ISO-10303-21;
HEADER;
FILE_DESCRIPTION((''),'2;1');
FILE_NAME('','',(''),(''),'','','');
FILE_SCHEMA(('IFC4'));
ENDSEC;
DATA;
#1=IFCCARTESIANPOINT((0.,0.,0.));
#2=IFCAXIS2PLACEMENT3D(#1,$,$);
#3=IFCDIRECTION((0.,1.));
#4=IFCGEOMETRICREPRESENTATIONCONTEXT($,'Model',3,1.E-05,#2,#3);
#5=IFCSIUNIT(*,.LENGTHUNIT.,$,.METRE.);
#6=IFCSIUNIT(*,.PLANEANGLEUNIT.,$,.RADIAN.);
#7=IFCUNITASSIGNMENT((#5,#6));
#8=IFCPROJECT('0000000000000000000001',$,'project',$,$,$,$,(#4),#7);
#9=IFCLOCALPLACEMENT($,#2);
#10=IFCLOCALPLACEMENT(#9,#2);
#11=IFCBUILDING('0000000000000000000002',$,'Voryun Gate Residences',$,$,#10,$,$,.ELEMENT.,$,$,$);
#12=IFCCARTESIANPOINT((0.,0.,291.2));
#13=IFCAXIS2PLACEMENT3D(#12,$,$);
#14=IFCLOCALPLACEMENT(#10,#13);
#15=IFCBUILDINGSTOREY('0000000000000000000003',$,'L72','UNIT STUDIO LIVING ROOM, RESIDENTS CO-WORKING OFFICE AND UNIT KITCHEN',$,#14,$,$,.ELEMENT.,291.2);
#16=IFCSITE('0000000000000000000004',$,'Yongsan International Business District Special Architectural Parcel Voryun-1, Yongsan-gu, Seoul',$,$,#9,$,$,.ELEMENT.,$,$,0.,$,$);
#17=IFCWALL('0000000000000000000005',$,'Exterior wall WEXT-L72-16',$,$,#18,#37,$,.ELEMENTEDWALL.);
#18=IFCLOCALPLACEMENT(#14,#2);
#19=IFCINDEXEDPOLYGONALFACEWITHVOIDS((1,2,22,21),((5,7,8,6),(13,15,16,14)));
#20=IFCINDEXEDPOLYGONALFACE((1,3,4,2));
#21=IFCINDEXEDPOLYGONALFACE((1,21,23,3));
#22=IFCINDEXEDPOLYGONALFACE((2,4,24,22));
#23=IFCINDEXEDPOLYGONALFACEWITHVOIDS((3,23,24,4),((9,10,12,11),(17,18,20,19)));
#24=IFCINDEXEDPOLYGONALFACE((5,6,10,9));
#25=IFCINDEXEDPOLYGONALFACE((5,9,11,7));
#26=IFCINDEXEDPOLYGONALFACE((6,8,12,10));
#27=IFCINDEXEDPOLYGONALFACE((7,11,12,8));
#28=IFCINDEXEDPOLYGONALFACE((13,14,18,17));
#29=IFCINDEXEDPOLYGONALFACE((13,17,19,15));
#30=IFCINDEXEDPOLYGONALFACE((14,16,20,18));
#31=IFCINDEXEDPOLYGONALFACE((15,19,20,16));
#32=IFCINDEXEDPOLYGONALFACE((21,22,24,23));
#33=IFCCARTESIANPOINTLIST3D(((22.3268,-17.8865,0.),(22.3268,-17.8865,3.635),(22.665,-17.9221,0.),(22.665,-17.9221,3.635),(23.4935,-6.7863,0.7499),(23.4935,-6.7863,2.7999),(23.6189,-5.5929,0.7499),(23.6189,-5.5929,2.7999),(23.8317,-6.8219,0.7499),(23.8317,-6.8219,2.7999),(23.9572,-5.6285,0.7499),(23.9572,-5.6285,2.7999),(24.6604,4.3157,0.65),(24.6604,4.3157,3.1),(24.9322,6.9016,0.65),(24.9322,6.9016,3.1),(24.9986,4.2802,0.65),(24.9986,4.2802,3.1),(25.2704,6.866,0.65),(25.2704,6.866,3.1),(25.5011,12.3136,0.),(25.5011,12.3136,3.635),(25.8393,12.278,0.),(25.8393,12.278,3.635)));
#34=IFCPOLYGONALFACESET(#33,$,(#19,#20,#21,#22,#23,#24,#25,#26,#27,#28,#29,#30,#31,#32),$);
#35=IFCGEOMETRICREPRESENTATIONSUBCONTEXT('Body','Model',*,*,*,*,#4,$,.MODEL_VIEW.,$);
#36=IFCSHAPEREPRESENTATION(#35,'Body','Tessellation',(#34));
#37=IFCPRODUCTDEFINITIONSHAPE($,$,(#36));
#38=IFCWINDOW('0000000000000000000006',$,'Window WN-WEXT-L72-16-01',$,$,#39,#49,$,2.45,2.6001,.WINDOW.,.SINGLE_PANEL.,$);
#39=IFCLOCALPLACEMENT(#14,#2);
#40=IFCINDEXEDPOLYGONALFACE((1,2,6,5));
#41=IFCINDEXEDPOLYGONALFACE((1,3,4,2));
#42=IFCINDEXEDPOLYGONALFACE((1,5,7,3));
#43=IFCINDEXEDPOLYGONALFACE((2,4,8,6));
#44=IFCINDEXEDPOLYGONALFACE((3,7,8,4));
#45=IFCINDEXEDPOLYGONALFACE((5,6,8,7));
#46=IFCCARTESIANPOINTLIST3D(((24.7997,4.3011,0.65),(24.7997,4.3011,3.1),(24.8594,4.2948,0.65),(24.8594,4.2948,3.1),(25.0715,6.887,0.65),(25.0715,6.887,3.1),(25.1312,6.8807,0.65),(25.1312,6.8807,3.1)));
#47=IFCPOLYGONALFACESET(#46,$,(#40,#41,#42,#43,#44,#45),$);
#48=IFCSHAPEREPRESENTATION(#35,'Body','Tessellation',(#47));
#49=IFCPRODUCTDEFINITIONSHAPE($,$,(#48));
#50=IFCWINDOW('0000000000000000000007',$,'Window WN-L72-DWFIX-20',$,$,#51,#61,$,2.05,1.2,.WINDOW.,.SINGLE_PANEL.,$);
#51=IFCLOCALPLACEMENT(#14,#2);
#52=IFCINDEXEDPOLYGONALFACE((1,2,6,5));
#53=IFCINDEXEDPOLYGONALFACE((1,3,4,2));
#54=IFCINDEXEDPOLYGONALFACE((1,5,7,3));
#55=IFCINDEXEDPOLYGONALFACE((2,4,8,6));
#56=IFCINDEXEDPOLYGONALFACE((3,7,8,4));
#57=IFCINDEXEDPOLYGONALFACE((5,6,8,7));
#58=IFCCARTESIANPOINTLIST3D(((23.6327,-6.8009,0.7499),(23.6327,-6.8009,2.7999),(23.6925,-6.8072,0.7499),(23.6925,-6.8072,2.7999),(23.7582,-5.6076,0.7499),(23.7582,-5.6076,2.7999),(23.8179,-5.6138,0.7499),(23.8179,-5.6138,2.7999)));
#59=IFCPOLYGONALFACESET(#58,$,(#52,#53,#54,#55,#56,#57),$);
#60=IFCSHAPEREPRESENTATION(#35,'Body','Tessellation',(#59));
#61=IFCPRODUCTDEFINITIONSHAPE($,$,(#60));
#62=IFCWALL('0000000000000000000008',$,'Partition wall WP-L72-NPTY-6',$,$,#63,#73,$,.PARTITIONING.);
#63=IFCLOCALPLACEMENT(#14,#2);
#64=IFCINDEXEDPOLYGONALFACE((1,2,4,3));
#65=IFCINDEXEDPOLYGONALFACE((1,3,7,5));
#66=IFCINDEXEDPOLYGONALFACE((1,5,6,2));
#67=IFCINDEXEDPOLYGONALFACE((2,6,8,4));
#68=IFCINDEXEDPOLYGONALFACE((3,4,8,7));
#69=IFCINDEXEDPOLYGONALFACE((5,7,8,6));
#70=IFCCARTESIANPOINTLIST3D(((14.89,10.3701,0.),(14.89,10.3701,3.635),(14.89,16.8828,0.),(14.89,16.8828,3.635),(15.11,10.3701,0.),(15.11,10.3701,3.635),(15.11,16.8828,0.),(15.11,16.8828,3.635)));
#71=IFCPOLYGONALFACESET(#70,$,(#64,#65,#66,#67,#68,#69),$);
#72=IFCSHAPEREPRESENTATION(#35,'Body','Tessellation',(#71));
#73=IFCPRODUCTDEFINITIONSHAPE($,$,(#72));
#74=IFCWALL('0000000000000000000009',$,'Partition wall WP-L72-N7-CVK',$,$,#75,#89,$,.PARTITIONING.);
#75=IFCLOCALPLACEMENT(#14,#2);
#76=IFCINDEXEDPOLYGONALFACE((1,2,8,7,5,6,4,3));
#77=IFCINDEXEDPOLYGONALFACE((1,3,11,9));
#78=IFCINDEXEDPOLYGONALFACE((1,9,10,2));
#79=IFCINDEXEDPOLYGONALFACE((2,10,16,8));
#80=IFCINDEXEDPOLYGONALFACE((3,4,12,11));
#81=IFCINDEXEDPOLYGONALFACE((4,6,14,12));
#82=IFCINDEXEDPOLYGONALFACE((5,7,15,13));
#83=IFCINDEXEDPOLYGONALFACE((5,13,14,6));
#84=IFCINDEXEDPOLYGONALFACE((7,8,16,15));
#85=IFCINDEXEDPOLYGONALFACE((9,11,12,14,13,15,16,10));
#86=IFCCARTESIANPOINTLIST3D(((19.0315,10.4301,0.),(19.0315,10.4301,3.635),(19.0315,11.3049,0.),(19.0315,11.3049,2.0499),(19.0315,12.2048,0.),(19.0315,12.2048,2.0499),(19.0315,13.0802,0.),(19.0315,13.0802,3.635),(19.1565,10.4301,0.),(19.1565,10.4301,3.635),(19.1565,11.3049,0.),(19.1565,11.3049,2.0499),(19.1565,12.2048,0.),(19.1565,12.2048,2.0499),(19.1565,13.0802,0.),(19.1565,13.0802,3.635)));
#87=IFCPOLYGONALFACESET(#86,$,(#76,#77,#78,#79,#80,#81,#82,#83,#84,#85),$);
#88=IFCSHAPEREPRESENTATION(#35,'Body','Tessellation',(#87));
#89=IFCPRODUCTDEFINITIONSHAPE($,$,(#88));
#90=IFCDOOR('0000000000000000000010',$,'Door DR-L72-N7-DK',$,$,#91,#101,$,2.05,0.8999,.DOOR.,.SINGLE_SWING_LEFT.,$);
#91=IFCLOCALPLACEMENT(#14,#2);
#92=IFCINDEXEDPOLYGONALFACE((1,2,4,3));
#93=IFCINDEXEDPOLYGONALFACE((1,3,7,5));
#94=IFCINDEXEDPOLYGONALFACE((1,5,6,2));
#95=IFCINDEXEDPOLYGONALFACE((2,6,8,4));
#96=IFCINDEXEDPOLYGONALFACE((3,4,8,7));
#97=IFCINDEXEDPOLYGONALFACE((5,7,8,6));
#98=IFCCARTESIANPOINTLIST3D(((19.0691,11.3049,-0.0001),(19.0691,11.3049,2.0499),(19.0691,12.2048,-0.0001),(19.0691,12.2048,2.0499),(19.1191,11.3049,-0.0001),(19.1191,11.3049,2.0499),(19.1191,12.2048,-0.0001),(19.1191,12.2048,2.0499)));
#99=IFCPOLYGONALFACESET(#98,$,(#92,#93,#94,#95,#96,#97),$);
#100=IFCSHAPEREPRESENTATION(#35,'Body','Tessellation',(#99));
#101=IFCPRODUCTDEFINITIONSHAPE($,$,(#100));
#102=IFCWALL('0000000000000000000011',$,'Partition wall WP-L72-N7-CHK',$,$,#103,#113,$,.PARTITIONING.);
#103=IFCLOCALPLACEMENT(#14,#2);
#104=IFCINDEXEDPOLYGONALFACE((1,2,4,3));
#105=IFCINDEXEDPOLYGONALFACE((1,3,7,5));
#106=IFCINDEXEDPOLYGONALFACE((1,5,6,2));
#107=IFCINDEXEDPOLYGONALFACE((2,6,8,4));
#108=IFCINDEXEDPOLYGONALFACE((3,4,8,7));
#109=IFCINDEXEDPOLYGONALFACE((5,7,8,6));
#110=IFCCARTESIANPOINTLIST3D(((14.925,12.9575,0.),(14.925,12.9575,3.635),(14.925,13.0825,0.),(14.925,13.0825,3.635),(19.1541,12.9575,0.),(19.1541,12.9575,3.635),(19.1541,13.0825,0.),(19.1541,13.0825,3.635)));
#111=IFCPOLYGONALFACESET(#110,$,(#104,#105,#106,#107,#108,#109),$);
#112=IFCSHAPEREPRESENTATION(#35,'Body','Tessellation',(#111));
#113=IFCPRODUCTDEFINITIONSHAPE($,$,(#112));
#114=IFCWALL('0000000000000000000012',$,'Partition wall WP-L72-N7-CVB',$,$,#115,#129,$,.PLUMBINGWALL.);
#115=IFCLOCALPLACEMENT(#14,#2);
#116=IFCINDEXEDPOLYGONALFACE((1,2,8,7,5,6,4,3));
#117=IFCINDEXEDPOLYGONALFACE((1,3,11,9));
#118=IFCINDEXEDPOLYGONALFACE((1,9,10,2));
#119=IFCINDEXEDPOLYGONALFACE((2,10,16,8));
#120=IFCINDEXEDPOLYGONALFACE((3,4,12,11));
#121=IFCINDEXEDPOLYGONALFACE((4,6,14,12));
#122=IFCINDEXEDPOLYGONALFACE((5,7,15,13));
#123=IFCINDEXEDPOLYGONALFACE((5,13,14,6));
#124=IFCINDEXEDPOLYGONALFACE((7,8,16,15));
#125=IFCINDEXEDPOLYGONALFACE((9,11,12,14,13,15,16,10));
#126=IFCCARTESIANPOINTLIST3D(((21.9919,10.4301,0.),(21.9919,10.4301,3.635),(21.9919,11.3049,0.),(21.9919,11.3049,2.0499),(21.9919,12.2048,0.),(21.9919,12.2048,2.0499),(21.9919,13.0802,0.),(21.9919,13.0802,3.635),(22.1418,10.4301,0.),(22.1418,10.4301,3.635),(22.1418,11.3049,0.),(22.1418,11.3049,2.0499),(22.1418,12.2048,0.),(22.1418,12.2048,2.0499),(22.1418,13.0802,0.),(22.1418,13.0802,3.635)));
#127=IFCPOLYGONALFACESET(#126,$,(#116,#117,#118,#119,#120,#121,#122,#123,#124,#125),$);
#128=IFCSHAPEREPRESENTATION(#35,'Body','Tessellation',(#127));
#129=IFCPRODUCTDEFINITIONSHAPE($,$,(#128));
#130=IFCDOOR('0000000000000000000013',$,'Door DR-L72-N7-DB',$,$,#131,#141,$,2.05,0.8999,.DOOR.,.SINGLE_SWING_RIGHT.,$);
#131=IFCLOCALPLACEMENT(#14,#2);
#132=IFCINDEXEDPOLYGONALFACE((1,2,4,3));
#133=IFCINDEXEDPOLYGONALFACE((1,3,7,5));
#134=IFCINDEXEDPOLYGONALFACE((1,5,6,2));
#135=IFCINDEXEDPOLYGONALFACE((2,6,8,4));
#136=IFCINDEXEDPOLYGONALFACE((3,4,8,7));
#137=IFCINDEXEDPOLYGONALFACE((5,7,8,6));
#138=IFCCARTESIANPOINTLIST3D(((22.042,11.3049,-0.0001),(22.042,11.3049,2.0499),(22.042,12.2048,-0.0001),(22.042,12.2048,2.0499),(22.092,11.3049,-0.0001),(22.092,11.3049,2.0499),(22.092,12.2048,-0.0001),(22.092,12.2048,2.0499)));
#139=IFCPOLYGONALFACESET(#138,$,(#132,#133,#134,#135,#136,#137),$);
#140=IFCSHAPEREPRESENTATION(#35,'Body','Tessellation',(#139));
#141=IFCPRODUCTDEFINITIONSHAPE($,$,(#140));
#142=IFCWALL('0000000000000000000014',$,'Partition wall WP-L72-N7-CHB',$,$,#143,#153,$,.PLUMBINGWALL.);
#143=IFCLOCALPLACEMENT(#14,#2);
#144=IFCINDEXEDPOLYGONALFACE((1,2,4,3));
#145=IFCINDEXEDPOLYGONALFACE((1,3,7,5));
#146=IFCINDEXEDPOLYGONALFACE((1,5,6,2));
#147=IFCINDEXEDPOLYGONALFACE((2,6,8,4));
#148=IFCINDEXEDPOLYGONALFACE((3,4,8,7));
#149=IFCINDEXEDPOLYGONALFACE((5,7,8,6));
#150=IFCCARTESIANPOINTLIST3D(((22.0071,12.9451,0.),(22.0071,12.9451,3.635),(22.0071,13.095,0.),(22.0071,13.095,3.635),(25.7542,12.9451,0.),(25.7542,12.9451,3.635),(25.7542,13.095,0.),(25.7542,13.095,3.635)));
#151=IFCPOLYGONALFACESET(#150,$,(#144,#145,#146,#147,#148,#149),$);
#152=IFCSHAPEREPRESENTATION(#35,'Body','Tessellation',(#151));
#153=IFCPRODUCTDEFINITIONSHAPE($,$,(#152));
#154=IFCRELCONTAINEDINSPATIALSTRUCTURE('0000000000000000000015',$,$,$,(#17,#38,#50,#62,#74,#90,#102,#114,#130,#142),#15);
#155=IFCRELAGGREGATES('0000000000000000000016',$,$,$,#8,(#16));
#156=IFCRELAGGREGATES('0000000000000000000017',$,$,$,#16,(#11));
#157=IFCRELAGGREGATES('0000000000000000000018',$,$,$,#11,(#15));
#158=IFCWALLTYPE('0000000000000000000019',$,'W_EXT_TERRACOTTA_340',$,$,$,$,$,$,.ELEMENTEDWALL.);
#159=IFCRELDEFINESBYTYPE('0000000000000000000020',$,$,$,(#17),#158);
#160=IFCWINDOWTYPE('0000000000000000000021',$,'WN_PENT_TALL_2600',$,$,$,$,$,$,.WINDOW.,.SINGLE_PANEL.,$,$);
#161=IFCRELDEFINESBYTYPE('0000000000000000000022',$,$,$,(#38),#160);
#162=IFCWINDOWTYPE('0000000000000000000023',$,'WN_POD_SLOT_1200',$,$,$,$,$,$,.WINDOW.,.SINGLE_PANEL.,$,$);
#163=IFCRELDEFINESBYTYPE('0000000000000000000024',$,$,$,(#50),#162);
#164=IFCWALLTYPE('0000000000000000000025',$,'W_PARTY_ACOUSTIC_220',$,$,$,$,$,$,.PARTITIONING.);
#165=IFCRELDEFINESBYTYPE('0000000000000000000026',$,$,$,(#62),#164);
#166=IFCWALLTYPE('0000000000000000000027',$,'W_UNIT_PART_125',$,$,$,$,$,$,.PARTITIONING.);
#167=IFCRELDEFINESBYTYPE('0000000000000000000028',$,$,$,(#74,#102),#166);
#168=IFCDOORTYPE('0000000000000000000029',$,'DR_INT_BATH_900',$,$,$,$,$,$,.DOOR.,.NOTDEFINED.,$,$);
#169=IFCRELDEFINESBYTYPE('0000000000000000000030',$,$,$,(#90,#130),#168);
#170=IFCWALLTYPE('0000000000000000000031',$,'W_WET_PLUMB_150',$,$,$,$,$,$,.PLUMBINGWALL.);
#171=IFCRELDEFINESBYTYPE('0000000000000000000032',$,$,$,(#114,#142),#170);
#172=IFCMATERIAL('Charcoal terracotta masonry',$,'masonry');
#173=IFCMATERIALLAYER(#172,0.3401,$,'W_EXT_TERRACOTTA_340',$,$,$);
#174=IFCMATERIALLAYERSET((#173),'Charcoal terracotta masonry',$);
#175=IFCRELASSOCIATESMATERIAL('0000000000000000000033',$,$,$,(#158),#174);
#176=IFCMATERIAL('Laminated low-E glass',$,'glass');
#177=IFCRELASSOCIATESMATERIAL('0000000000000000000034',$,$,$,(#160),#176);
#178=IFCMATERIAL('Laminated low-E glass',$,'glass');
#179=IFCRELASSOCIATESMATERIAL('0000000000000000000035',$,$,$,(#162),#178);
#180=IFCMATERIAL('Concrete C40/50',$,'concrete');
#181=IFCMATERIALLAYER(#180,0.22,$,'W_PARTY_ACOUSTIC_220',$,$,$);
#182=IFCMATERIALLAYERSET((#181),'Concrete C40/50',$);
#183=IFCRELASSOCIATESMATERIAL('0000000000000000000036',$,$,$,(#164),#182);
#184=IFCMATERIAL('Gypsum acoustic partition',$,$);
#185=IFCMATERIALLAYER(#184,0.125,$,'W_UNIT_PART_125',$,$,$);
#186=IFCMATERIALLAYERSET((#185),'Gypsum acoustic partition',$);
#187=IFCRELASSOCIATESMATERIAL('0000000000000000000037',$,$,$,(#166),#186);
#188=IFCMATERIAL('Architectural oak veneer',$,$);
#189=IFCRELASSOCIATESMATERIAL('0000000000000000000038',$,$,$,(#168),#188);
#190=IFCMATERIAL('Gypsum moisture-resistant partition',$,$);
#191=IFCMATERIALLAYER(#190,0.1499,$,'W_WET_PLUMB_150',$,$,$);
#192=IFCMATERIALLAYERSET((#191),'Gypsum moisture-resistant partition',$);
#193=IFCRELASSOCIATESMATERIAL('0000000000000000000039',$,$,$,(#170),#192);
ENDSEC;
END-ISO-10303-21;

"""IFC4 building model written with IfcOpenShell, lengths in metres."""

from ifc_helpers import new_model, si_unit, direction, frame, frame_2d, origin, place, context, subcontext, project, spatial, rectangle, extrude, material, layer, layer_set, type_object, element, fill, save


model = new_model("IFC4")

# Units and contexts
model_context = context("Model", 3, precision=1e-05, world=origin(), true_north=direction((0.0, 1.0)))
body_context = subcontext(model_context, "Body", "Model", "MODEL_VIEW")
ifc_project = project(units=[si_unit("LENGTHUNIT", "METRE"), si_unit("PLANEANGLEUNIT", "RADIAN")], contexts=[model_context])

# Site, building, storey
site_placement = place(None, origin())
site = spatial("IfcSite", under=ifc_project, at=site_placement, Name="Yongsan International Business District Special Architectural Parcel Voryun-1, Yongsan-gu, Seoul", CompositionType="ELEMENT", RefElevation=0.0)
building_placement = place(site_placement, origin())
building = spatial("IfcBuilding", under=site, at=building_placement, Name="Voryun Gate Residences", CompositionType="ELEMENT")
storey_placement = place(building_placement, frame((0.0, 0.0, 291.2)))
storey = spatial("IfcBuildingStorey", under=building, at=storey_placement, Name="L72", Description="UNIT STUDIO LIVING ROOM, RESIDENTS CO-WORKING OFFICE AND UNIT KITCHEN", CompositionType="ELEMENT", Elevation=291.2)

# Shared definitions
ifc_material_1 = material(Name="Charcoal terracotta masonry", Category="masonry")
ifc_layer_1 = layer(ifc_material_1, 0.3401, Name="W_EXT_TERRACOTTA_340")
ifc_layer_set_1 = layer_set([ifc_layer_1], Name="Charcoal terracotta masonry")
wall_type_1 = type_object("IfcWallType", Name="W_EXT_TERRACOTTA_340", PredefinedType="ELEMENTEDWALL", material=ifc_layer_set_1)

# Wall, openings, windows
wall_1_placement = place(storey_placement, frame((25.6702, 12.2957, 0.0), z_axis=(0.0, 0.0, 1.0), x_axis=(-0.104533, -0.994521, 0.0)))
wall_1 = element("IfcWall", 1, at=wall_1_placement, inside=storey, type_object=wall_type_1, Name="Exterior wall WEXT-L72-16", PredefinedType="ELEMENTEDWALL", context=body_context, shape_type="SweptSolid", body=[
    extrude(rectangle(XDim=30.3665, YDim=0.3401, at=frame_2d((15.1831, 0.0))), origin(), (0.0, 0.0, 1.0), 3.635),
])
opening_1_placement = place(wall_1_placement, frame((5.4417, 0.0, 0.6499)))
opening_1 = element("IfcOpeningElement", 2, at=opening_1_placement, cuts=wall_1, PredefinedType="OPENING", context=body_context, shape_type="SweptSolid", body=[
    extrude(rectangle(XDim=2.6001, YDim=2.45, at=frame_2d((1.3, 1.2251))), frame((0.0, 0.1799, 0.0), z_axis=(0.0, -1.0, 0.0), x_axis=(1.0, 0.0, 0.0)), (0.0, 0.0, 1.0), 0.3601),
])
opening_2_placement = place(wall_1_placement, frame((18.0049, 0.0, 0.75)))
opening_2 = element("IfcOpeningElement", 3, at=opening_2_placement, cuts=wall_1, PredefinedType="OPENING", context=body_context, shape_type="SweptSolid", body=[
    extrude(rectangle(XDim=1.2, YDim=2.05, at=frame_2d((0.6001, 1.0249))), frame((0.0, 0.1799, 0.0), z_axis=(0.0, -1.0, 0.0), x_axis=(1.0, 0.0, 0.0)), (0.0, 0.0, 1.0), 0.3601),
])
ifc_material_2 = material(Name="Laminated low-E glass", Category="glass")
window_type_1 = type_object("IfcWindowType", Name="WN_PENT_TALL_2600", PartitioningType="SINGLE_PANEL", PredefinedType="WINDOW", material=ifc_material_2)
window_1_placement = place(opening_1_placement, origin())
window_1 = element("IfcWindow", 4, at=window_1_placement, inside=storey, type_object=window_type_1, Name="Window WN-WEXT-L72-16-01", OverallHeight=2.45, OverallWidth=2.6001, PartitioningType="SINGLE_PANEL", PredefinedType="WINDOW", context=body_context, shape_type="SweptSolid", body=[
    extrude(rectangle(XDim=2.6001, YDim=2.45, at=frame_2d((1.3, 1.2251))), frame((0.0, 0.03, 0.0), z_axis=(0.0, -1.0, 0.0), x_axis=(1.0, 0.0, 0.0)), (0.0, 0.0, 1.0), 0.0601),
])
fill(opening_1, window_1)
ifc_material_3 = material(Name="Laminated low-E glass", Category="glass")
window_type_2 = type_object("IfcWindowType", Name="WN_POD_SLOT_1200", PartitioningType="SINGLE_PANEL", PredefinedType="WINDOW", material=ifc_material_3)
window_2_placement = place(opening_2_placement, origin())
window_2 = element("IfcWindow", 5, at=window_2_placement, inside=storey, type_object=window_type_2, Name="Window WN-L72-DWFIX-20", OverallHeight=2.05, OverallWidth=1.2, PartitioningType="SINGLE_PANEL", PredefinedType="WINDOW", context=body_context, shape_type="SweptSolid", body=[
    extrude(rectangle(XDim=1.2, YDim=2.05, at=frame_2d((0.6001, 1.0249))), frame((0.0, 0.03, 0.0), z_axis=(0.0, -1.0, 0.0), x_axis=(1.0, 0.0, 0.0)), (0.0, 0.0, 1.0), 0.0601),
])
fill(opening_2, window_2)

# Wall
ifc_material_4 = material(Name="Concrete C40/50", Category="concrete")
ifc_layer_2 = layer(ifc_material_4, 0.22, Name="W_PARTY_ACOUSTIC_220")
ifc_layer_set_2 = layer_set([ifc_layer_2], Name="Concrete C40/50")
wall_type_2 = type_object("IfcWallType", Name="W_PARTY_ACOUSTIC_220", PredefinedType="PARTITIONING", material=ifc_layer_set_2)
wall_2_placement = place(storey_placement, frame((15.0, 10.3701, 0.0), z_axis=(0.0, 0.0, 1.0), x_axis=(0.0, 1.0, 0.0)))
element("IfcWall", 6, at=wall_2_placement, inside=storey, type_object=wall_type_2, Name="Partition wall WP-L72-NPTY-6", PredefinedType="PARTITIONING", context=body_context, shape_type="SweptSolid", body=[
    extrude(rectangle(XDim=6.5127, YDim=0.22, at=frame_2d((3.2563, 0.0))), origin(), (0.0, 0.0, 1.0), 3.635),
])

# Wall, opening, door
ifc_material_5 = material(Name="Gypsum acoustic partition")
ifc_layer_3 = layer(ifc_material_5, 0.125, Name="W_UNIT_PART_125")
ifc_layer_set_3 = layer_set([ifc_layer_3], Name="Gypsum acoustic partition")
wall_type_3 = type_object("IfcWallType", Name="W_UNIT_PART_125", PredefinedType="PARTITIONING", material=ifc_layer_set_3)
wall_3_placement = place(storey_placement, frame((19.094, 10.4299, 0.0), z_axis=(0.0, 0.0, 1.0), x_axis=(0.0, 1.0, 0.0)))
wall_3 = element("IfcWall", 7, at=wall_3_placement, inside=storey, type_object=wall_type_3, Name="Partition wall WP-L72-N7-CVK", PredefinedType="PARTITIONING", context=body_context, shape_type="SweptSolid", body=[
    extrude(rectangle(XDim=2.6501, YDim=0.125, at=frame_2d((1.3252, 0.0))), origin(), (0.0, 0.0, 1.0), 3.635),
])
opening_3_placement = place(wall_3_placement, frame((0.875, 0.0, 0.0)))
opening_3 = element("IfcOpeningElement", 8, at=opening_3_placement, cuts=wall_3, PredefinedType="OPENING", context=body_context, shape_type="SweptSolid", body=[
    extrude(rectangle(XDim=0.8999, YDim=2.05, at=frame_2d((0.45, 1.0249))), frame((0.0, 0.0725, 0.0), z_axis=(0.0, -1.0, 0.0), x_axis=(1.0, 0.0, 0.0)), (0.0, 0.0, 1.0), 0.145),
])
ifc_material_6 = material(Name="Architectural oak veneer")
door_type = type_object("IfcDoorType", Name="DR_INT_BATH_900", OperationType="NOTDEFINED", PredefinedType="DOOR", material=ifc_material_6)
door_1_placement = place(opening_3_placement, origin())
door_1 = element("IfcDoor", 9, at=door_1_placement, inside=storey, type_object=door_type, Name="Door DR-L72-N7-DK", OperationType="SINGLE_SWING_LEFT", OverallHeight=2.05, OverallWidth=0.8999, PredefinedType="DOOR", context=body_context, shape_type="SweptSolid", body=[
    extrude(rectangle(XDim=0.8999, YDim=2.05, at=frame_2d((0.45, 1.0249))), frame((0.0, 0.0249, 0.0), z_axis=(0.0, -1.0, 0.0), x_axis=(1.0, 0.0, 0.0)), (0.0, 0.0, 1.0), 0.05),
])
fill(opening_3, door_1)

# Wall
wall_4_placement = place(storey_placement, frame((14.925, 13.02, 0.0), z_axis=(0.0, 0.0, 1.0), x_axis=(1.0, 0.0, 0.0)))
element("IfcWall", 10, at=wall_4_placement, inside=storey, type_object=wall_type_3, Name="Partition wall WP-L72-N7-CHK", PredefinedType="PARTITIONING", context=body_context, shape_type="SweptSolid", body=[
    extrude(rectangle(XDim=4.229, YDim=0.125, at=frame_2d((2.1145, 0.0))), origin(), (0.0, 0.0, 1.0), 3.635),
])

# Wall, opening, door
ifc_material_7 = material(Name="Gypsum moisture-resistant partition")
ifc_layer_4 = layer(ifc_material_7, 0.1499, Name="W_WET_PLUMB_150")
ifc_layer_set_4 = layer_set([ifc_layer_4], Name="Gypsum moisture-resistant partition")
wall_type_4 = type_object("IfcWallType", Name="W_WET_PLUMB_150", PredefinedType="PLUMBINGWALL", material=ifc_layer_set_4)
wall_5_placement = place(storey_placement, frame((22.0669, 10.4299, 0.0), z_axis=(0.0, 0.0, 1.0), x_axis=(0.0, 1.0, 0.0)))
wall_5 = element("IfcWall", 11, at=wall_5_placement, inside=storey, type_object=wall_type_4, Name="Partition wall WP-L72-N7-CVB", PredefinedType="PLUMBINGWALL", context=body_context, shape_type="SweptSolid", body=[
    extrude(rectangle(XDim=2.6501, YDim=0.1499, at=frame_2d((1.3252, 0.0))), origin(), (0.0, 0.0, 1.0), 3.635),
])
opening_4_placement = place(wall_5_placement, frame((0.875, 0.0, 0.0)))
opening_4 = element("IfcOpeningElement", 12, at=opening_4_placement, cuts=wall_5, PredefinedType="OPENING", context=body_context, shape_type="SweptSolid", body=[
    extrude(rectangle(XDim=0.8999, YDim=2.05, at=frame_2d((0.45, 1.0249))), frame((0.0, 0.085, 0.0), z_axis=(0.0, -1.0, 0.0), x_axis=(1.0, 0.0, 0.0)), (0.0, 0.0, 1.0), 0.1699),
])
door_2_placement = place(opening_4_placement, origin())
door_2 = element("IfcDoor", 13, at=door_2_placement, inside=storey, type_object=door_type, Name="Door DR-L72-N7-DB", OperationType="SINGLE_SWING_RIGHT", OverallHeight=2.05, OverallWidth=0.8999, PredefinedType="DOOR", context=body_context, shape_type="SweptSolid", body=[
    extrude(rectangle(XDim=0.8999, YDim=2.05, at=frame_2d((0.45, 1.0249))), frame((0.0, 0.0249, 0.0), z_axis=(0.0, -1.0, 0.0), x_axis=(1.0, 0.0, 0.0)), (0.0, 0.0, 1.0), 0.05),
])
fill(opening_4, door_2)

# Wall
wall_6_placement = place(storey_placement, frame((22.0071, 13.02, 0.0), z_axis=(0.0, 0.0, 1.0), x_axis=(1.0, 0.0, 0.0)))
element("IfcWall", 14, at=wall_6_placement, inside=storey, type_object=wall_type_4, Name="Partition wall WP-L72-N7-CHB", PredefinedType="PLUMBINGWALL", context=body_context, shape_type="SweptSolid", body=[
    extrude(rectangle(XDim=3.7471, YDim=0.1499, at=frame_2d((1.8735, 0.0))), origin(), (0.0, 0.0, 1.0), 3.635),
])

save(model, "model.ifc")
